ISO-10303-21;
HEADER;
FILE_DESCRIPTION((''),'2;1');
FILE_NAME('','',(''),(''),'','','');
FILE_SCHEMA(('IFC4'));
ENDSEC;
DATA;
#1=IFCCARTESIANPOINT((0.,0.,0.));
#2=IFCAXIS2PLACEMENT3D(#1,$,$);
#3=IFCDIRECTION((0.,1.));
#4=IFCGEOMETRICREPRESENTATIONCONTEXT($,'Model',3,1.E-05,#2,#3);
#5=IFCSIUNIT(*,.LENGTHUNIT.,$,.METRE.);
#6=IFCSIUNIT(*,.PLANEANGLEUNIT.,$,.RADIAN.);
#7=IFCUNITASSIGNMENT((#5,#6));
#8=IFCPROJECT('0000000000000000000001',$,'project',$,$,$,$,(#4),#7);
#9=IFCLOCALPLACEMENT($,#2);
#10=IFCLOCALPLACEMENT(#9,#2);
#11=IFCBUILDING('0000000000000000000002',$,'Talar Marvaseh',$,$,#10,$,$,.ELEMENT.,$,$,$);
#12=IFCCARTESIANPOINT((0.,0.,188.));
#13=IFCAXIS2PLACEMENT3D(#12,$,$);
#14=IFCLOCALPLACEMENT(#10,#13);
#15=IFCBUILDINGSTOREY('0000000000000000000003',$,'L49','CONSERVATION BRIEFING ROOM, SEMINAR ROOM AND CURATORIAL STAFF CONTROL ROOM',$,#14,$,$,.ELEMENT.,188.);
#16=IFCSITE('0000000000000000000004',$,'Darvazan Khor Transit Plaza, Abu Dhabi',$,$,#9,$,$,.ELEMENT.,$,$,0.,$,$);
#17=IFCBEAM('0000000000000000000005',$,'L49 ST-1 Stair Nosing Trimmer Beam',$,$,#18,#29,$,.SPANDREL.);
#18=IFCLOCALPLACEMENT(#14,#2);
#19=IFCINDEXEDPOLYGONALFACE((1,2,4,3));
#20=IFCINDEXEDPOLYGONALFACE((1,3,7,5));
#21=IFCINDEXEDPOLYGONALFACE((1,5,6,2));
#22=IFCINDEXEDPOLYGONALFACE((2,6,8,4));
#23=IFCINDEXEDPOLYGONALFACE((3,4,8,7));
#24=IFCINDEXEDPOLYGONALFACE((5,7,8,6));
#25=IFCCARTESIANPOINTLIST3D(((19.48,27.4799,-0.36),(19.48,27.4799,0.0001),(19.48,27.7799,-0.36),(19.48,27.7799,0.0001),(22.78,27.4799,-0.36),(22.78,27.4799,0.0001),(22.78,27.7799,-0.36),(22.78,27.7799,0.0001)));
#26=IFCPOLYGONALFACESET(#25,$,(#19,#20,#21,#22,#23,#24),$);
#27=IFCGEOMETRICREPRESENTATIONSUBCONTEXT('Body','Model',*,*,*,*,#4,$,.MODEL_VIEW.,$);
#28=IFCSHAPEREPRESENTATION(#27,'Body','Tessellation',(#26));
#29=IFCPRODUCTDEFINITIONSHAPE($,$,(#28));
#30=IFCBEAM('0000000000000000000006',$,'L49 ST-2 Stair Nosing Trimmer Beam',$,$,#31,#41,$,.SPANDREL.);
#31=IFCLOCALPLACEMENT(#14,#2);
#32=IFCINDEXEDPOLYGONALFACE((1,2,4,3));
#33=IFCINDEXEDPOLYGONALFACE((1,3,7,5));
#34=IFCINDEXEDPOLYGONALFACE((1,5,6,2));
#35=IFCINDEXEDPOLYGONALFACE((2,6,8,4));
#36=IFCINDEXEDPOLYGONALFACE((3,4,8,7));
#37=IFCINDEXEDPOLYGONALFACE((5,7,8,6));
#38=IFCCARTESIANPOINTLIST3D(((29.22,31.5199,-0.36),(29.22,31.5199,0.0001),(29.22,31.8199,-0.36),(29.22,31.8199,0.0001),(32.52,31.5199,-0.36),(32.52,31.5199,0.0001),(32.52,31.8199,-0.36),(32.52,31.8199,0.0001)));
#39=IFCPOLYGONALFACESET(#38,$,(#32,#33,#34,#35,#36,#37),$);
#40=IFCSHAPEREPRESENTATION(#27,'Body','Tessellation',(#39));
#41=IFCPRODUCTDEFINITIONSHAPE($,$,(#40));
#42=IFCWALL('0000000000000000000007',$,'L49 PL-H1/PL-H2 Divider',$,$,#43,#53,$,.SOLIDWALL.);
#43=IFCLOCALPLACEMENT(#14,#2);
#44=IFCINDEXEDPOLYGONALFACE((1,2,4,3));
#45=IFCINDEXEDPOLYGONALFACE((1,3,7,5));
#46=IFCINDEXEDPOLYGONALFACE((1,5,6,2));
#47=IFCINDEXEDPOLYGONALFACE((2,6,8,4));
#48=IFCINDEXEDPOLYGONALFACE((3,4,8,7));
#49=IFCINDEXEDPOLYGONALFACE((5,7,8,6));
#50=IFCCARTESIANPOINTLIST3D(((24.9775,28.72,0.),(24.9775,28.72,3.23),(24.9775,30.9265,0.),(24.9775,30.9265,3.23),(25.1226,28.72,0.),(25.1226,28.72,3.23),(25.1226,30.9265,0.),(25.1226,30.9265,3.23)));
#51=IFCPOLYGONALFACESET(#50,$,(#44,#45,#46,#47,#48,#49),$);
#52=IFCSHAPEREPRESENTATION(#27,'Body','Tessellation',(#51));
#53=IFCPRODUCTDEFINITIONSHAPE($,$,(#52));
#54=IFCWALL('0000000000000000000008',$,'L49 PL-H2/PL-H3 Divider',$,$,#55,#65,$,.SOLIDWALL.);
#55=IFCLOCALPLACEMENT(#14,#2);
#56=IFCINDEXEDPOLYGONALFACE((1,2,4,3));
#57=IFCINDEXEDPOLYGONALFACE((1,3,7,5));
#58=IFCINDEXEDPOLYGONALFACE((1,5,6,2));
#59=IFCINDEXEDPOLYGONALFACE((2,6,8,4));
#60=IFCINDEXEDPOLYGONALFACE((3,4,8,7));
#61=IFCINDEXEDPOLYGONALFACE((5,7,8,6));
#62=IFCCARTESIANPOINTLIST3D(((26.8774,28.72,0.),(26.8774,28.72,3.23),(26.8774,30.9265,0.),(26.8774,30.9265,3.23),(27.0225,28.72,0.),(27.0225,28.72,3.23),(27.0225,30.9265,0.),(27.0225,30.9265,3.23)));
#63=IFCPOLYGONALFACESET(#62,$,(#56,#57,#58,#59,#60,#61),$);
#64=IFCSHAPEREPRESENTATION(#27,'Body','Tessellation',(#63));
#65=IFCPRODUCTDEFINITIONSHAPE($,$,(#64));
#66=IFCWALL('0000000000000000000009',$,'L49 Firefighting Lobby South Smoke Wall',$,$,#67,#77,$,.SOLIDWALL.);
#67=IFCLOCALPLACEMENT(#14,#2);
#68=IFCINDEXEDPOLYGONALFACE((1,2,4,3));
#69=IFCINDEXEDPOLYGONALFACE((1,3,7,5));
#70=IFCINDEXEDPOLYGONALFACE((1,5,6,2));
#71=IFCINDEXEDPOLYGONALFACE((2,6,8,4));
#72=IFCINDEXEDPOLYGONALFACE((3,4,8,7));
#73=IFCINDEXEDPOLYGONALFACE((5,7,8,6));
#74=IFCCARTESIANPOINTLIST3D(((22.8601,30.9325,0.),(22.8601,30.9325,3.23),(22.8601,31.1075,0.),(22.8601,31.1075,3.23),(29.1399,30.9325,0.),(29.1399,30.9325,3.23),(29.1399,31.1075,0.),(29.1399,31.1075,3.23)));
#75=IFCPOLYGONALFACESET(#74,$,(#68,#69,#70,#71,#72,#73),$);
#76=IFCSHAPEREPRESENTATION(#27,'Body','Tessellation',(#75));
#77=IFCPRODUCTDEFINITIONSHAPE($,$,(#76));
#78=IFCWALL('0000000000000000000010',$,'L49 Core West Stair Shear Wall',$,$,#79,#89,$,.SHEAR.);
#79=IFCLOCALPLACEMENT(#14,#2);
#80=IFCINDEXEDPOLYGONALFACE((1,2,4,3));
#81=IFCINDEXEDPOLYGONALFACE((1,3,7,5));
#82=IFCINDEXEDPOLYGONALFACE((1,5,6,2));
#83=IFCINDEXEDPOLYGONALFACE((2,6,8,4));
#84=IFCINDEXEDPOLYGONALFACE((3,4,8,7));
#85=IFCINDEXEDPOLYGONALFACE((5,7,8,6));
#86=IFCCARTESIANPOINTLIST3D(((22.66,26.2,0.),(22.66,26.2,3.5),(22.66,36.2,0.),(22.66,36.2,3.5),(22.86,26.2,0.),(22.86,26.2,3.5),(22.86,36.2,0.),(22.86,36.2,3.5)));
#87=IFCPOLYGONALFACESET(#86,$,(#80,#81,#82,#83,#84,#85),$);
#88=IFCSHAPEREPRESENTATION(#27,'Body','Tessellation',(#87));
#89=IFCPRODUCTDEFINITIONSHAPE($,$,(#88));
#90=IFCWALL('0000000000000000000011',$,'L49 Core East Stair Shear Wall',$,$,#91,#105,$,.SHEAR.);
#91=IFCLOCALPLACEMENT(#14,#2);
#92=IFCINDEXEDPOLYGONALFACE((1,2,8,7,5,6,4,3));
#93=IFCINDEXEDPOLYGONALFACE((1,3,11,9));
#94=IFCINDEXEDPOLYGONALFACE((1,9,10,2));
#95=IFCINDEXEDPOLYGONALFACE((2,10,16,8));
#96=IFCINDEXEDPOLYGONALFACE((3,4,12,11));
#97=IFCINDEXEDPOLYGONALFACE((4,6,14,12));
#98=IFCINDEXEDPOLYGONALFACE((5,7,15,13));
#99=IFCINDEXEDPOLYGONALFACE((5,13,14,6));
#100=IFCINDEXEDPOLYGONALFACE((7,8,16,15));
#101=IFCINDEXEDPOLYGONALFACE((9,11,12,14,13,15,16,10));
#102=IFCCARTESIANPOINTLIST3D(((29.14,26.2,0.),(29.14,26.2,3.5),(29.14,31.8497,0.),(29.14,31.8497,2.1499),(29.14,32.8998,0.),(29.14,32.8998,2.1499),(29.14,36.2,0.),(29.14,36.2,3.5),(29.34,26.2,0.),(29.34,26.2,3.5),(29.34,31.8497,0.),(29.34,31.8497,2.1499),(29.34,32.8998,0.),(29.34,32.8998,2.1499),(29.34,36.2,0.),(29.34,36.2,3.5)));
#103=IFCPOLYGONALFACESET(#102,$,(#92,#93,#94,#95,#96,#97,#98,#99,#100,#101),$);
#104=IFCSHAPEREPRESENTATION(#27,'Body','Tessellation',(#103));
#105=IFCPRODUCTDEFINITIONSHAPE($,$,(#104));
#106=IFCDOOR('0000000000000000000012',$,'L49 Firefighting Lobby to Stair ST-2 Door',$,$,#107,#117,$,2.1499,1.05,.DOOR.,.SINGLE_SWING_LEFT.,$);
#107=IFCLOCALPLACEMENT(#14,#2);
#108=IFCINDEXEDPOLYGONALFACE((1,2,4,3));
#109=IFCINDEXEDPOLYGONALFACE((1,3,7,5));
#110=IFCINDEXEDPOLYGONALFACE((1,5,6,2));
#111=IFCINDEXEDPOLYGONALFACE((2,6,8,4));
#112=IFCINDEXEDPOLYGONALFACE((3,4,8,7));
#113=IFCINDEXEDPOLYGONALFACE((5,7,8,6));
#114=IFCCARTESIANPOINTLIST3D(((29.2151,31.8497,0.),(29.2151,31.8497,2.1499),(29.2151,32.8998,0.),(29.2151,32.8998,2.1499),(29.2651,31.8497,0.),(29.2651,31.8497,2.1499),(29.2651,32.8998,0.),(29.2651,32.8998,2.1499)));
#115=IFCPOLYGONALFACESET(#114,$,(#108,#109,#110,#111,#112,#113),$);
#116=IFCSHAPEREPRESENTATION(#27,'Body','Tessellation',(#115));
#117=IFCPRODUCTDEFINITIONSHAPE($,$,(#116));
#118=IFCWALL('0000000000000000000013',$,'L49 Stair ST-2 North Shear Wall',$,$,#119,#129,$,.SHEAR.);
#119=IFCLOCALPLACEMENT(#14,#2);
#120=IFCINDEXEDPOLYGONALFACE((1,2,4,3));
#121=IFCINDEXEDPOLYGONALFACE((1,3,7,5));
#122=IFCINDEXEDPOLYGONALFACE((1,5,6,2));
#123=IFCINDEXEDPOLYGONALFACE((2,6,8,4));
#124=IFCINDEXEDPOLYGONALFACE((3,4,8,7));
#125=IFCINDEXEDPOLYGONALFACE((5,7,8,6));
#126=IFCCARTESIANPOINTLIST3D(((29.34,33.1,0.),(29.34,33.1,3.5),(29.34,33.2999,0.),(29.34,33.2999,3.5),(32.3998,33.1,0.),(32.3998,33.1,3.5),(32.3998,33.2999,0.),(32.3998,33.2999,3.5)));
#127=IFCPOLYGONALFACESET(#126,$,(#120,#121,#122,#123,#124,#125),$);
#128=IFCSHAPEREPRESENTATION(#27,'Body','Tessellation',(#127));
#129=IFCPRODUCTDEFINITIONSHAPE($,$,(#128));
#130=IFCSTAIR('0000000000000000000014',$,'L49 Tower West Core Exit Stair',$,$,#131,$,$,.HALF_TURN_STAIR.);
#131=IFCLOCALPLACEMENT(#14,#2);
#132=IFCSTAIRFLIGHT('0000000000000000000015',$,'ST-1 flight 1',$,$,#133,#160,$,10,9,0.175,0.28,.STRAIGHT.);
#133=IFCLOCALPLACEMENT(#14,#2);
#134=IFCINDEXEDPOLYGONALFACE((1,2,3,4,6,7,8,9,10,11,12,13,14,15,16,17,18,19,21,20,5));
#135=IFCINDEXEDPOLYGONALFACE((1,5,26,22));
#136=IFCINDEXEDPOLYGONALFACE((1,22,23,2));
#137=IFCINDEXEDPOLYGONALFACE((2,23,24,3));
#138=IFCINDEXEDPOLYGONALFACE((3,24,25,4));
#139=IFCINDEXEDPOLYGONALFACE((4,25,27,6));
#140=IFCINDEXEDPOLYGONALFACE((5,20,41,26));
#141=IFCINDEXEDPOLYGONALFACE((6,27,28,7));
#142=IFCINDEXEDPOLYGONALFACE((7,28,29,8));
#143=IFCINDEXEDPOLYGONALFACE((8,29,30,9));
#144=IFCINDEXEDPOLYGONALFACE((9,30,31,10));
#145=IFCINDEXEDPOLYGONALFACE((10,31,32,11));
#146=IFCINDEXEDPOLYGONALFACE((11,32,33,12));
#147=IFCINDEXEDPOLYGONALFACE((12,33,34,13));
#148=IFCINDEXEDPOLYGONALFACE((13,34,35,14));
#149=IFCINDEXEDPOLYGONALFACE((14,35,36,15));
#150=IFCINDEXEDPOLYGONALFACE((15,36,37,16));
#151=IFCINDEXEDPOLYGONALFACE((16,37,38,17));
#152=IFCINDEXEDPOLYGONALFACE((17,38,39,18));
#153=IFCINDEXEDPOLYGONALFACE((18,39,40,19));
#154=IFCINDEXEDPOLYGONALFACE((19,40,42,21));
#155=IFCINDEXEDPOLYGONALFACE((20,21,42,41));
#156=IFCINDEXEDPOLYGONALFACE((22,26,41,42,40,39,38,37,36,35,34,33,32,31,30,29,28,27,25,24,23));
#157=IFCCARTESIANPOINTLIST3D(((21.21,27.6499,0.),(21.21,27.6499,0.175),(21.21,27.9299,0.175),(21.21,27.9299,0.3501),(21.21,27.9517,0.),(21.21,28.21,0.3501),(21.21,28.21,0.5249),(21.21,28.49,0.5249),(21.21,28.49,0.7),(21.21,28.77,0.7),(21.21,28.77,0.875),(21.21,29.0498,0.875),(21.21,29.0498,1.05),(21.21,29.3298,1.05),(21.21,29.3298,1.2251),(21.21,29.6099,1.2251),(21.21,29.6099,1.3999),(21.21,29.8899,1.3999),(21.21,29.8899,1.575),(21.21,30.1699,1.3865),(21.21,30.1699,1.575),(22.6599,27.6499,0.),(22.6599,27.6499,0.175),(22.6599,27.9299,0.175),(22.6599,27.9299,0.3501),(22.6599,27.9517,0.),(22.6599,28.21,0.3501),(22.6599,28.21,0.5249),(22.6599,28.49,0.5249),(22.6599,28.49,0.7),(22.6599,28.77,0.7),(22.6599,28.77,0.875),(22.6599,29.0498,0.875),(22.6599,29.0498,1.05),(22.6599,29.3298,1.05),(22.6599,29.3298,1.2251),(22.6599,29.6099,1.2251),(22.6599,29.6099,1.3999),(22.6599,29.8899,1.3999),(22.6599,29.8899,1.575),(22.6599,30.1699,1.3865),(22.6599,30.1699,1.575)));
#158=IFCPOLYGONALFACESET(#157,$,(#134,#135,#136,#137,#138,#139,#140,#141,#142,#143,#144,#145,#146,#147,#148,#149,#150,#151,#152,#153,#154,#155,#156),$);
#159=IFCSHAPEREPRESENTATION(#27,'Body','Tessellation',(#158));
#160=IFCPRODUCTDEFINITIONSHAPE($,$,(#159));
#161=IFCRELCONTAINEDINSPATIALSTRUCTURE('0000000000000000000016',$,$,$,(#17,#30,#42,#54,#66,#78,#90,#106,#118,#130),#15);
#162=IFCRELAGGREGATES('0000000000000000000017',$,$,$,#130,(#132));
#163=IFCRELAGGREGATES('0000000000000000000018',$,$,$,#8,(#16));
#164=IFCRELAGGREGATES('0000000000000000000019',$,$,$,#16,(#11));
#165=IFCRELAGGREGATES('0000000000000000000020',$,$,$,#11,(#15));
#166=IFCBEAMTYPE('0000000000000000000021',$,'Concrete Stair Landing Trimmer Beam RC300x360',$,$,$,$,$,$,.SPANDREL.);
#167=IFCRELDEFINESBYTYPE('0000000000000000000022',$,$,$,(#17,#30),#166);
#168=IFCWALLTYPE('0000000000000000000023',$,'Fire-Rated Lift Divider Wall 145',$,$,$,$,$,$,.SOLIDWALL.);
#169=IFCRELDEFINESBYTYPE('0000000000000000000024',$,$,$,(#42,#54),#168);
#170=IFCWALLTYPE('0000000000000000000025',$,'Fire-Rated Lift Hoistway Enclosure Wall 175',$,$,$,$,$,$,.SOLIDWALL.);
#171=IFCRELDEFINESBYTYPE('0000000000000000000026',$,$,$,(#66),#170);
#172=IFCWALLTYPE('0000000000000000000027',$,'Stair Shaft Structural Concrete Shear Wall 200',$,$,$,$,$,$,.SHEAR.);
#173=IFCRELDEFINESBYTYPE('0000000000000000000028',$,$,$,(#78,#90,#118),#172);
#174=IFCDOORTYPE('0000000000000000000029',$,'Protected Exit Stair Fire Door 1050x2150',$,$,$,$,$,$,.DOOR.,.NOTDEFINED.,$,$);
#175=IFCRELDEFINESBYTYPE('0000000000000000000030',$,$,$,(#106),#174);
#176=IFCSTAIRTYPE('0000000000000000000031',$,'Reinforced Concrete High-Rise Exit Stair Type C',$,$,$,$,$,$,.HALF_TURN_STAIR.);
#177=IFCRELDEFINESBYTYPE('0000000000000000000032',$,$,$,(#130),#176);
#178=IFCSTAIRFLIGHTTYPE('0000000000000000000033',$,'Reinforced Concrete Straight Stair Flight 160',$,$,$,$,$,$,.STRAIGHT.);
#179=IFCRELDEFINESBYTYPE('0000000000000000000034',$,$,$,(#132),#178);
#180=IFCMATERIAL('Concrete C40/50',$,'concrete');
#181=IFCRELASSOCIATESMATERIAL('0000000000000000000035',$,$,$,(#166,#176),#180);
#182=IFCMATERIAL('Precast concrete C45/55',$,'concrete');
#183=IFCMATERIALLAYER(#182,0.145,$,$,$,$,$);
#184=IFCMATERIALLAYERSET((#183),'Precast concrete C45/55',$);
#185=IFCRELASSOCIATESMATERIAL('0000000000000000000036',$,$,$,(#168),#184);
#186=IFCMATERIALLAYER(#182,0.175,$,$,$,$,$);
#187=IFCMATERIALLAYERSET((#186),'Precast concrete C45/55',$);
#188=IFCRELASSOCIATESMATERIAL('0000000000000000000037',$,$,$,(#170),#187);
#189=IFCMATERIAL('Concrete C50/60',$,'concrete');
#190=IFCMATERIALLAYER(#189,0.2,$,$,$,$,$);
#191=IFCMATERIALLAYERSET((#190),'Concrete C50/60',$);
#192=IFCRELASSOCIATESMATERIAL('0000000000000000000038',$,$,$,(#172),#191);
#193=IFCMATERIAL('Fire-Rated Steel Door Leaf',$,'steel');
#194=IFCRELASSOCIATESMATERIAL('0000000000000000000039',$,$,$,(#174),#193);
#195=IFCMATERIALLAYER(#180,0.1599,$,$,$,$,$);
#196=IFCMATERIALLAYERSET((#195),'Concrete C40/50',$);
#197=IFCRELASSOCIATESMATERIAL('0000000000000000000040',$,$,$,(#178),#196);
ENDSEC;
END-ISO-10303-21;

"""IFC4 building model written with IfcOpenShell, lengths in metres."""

from ifc_helpers import new_model, si_unit, direction, frame, frame_2d, origin, origin_2d, place, context, subcontext, project, spatial, polyline, rectangle, outline, extrude, source, transform, mapped, material, layer, layer_set, material_profile, profile_set, type_object, type_shapes, element, fill, aggregate, save


model = new_model("IFC4")

# Units and contexts
model_context = context("Model", 3, precision=1e-05, world=origin(), true_north=direction((0.0, 1.0)))
body_context = subcontext(model_context, "Body", "Model", "MODEL_VIEW")
ifc_project = project(units=[si_unit("LENGTHUNIT", "METRE"), si_unit("PLANEANGLEUNIT", "RADIAN")], contexts=[model_context])

# Site, building, storey
site_placement = place(None, origin())
site = spatial("IfcSite", under=ifc_project, at=site_placement, Name="Darvazan Khor Transit Plaza, Abu Dhabi", CompositionType="ELEMENT", RefElevation=0.0)
building_placement = place(site_placement, origin())
building = spatial("IfcBuilding", under=site, at=building_placement, Name="Talar Marvaseh", CompositionType="ELEMENT")
storey_placement = place(building_placement, frame((0.0, 0.0, 188.0)))
storey = spatial("IfcBuildingStorey", under=building, at=storey_placement, Name="L49", Description="CONSERVATION BRIEFING ROOM, SEMINAR ROOM AND CURATORIAL STAFF CONTROL ROOM", CompositionType="ELEMENT", Elevation=188.0)

# Beams
ifc_material_1 = material(Name="Concrete C40/50", Category="concrete")
ifc_material_profile = material_profile(ifc_material_1, rectangle(XDim=0.3, YDim=0.3601, at=origin_2d()), Name="RC300x360")
ifc_profile_set = profile_set([ifc_material_profile], Name="Concrete C40/50")
beam_type = type_object("IfcBeamType", Name="Concrete Stair Landing Trimmer Beam RC300x360", PredefinedType="SPANDREL", material=ifc_profile_set)
for number, where, z_axis, x_axis, name in (
    (1, (22.78, 27.6299, -0.1799), (-1.0, 0.0, 0.0), (0.0, -1.0, 0.0), "L49 ST-1 Stair Nosing Trimmer Beam"),
    (2, (29.22, 31.6699, -0.1799), (1.0, 0.0, 0.0), (0.0, 1.0, 0.0), "L49 ST-2 Stair Nosing Trimmer Beam"),
):
    element("IfcBeam", number, at=place(storey_placement, frame(where, z_axis=z_axis, x_axis=x_axis)), inside=storey, type_object=beam_type, Name=name, PredefinedType="SPANDREL", context=body_context, shape_type="SweptSolid", body=[
        extrude(rectangle(XDim=0.3, YDim=0.3601, at=origin_2d()), origin(), (0.0, 0.0, 1.0), 3.3),
    ])

# Walls
ifc_material_2 = material(Name="Precast concrete C45/55", Category="concrete")
ifc_layer_1 = layer(ifc_material_2, 0.145)
ifc_layer_set_1 = layer_set([ifc_layer_1], Name="Precast concrete C45/55")
wall_type_1 = type_object("IfcWallType", Name="Fire-Rated Lift Divider Wall 145", PredefinedType="SOLIDWALL", material=ifc_layer_set_1)
for number, where, z_axis, x_axis, name in (
    (3, (25.05, 28.72, 0.0), (0.0, 0.0, 1.0), (0.0, 1.0, 0.0), "L49 PL-H1/PL-H2 Divider"),
    (4, (26.95, 28.72, 0.0), (0.0, 0.0, 1.0), (0.0, 1.0, 0.0), "L49 PL-H2/PL-H3 Divider"),
):
    element("IfcWall", number, at=place(storey_placement, frame(where, z_axis=z_axis, x_axis=x_axis)), inside=storey, type_object=wall_type_1, Name=name, PredefinedType="SOLIDWALL", context=body_context, shape_type="SweptSolid", body=[
        extrude(rectangle(XDim=2.2065, YDim=0.145, at=frame_2d((1.1033, 0.0))), origin(), (0.0, 0.0, 1.0), 3.23),
    ])

# Shared definitions
ifc_layer_2 = layer(ifc_material_2, 0.175)
ifc_layer_set_2 = layer_set([ifc_layer_2], Name="Precast concrete C45/55")
wall_type_2 = type_object("IfcWallType", Name="Fire-Rated Lift Hoistway Enclosure Wall 175", PredefinedType="SOLIDWALL", material=ifc_layer_set_2)

# Wall
wall_1_placement = place(storey_placement, frame((22.8601, 31.02, 0.0), z_axis=(0.0, 0.0, 1.0), x_axis=(1.0, 0.0, 0.0)))
element("IfcWall", 5, at=wall_1_placement, inside=storey, type_object=wall_type_2, Name="L49 Firefighting Lobby South Smoke Wall", PredefinedType="SOLIDWALL", context=body_context, shape_type="SweptSolid", body=[
    extrude(rectangle(XDim=6.2798, YDim=0.175, at=frame_2d((3.1399, 0.0))), origin(), (0.0, 0.0, 1.0), 3.23),
])

# Wall
ifc_material_3 = material(Name="Concrete C50/60", Category="concrete")
ifc_layer_3 = layer(ifc_material_3, 0.2)
ifc_layer_set_3 = layer_set([ifc_layer_3], Name="Concrete C50/60")
wall_type_3 = type_object("IfcWallType", Name="Stair Shaft Structural Concrete Shear Wall 200", PredefinedType="SHEAR", material=ifc_layer_set_3)
wall_2_placement = place(storey_placement, frame((22.76, 26.2, 0.0), z_axis=(0.0, 0.0, 1.0), x_axis=(0.0, 1.0, 0.0)))
element("IfcWall", 6, at=wall_2_placement, inside=storey, type_object=wall_type_3, Name="L49 Core West Stair Shear Wall", PredefinedType="SHEAR", context=body_context, shape_type="SweptSolid", body=[
    extrude(rectangle(XDim=10.0, YDim=0.2, at=frame_2d((5.0, 0.0))), origin(), (0.0, 0.0, 1.0), 3.5),
])

# Wall, opening, door
wall_3_placement = place(storey_placement, frame((29.24, 26.2, 0.0), z_axis=(0.0, 0.0, 1.0), x_axis=(0.0, 1.0, 0.0)))
wall_3 = element("IfcWall", 7, at=wall_3_placement, inside=storey, type_object=wall_type_3, Name="L49 Core East Stair Shear Wall", PredefinedType="SHEAR", context=body_context, shape_type="SweptSolid", body=[
    extrude(rectangle(XDim=10.0, YDim=0.2, at=frame_2d((5.0, 0.0))), origin(), (0.0, 0.0, 1.0), 3.5),
])
opening_1_placement = place(wall_3_placement, frame((5.6499, 0.0, 0.0)))
opening_1 = element("IfcOpeningElement", 8, at=opening_1_placement, cuts=wall_3, PredefinedType="OPENING", context=body_context, shape_type="SweptSolid", body=[
    extrude(rectangle(XDim=1.05, YDim=2.1499, at=frame_2d((0.5249, 1.075))), frame((0.0, 0.1099, 0.0), z_axis=(0.0, -1.0, 0.0), x_axis=(1.0, 0.0, 0.0)), (0.0, 0.0, 1.0), 0.22),
])
ifc_material_4 = material(Name="Fire-Rated Steel Door Leaf", Category="steel")
door_type_1 = type_object("IfcDoorType", Name="Protected Exit Stair Fire Door 1050x2150", OperationType="NOTDEFINED", PredefinedType="DOOR", material=ifc_material_4)
shared_shape_1 = source(origin(), body_context, "Body", "SweptSolid", [
    extrude(rectangle(XDim=1.05, YDim=2.1499, at=frame_2d((0.5249, 1.075))), frame((0.0, 0.0249, 0.0), z_axis=(0.0, -1.0, 0.0), x_axis=(1.0, 0.0, 0.0)), (0.0, 0.0, 1.0), 0.05),
])
type_shapes(door_type_1, [shared_shape_1])
door_1_placement = place(opening_1_placement, origin())
door_1 = element("IfcDoor", 9, at=door_1_placement, inside=storey, type_object=door_type_1, Name="L49 Firefighting Lobby to Stair ST-2 Door", OperationType="SINGLE_SWING_LEFT", OverallHeight=2.1499, OverallWidth=1.05, PredefinedType="DOOR", context=body_context, shape_type="MappedRepresentation", body=[
    mapped(shared_shape_1, transform((0.0, 0.0, 0.0), x_axis=(1.0, 0.0, 0.0), y_axis=(0.0, 1.0, 0.0), z_axis=(0.0, 0.0, 1.0), scale=1.0)),
])
fill(opening_1, door_1)

# Wall
wall_4_placement = place(storey_placement, frame((29.3401, 33.2, 0.0), z_axis=(0.0, 0.0, 1.0), x_axis=(1.0, 0.0, 0.0)))
element("IfcWall", 10, at=wall_4_placement, inside=storey, type_object=wall_type_3, Name="L49 Stair ST-2 North Shear Wall", PredefinedType="SHEAR", context=body_context, shape_type="SweptSolid", body=[
    extrude(rectangle(XDim=3.0598, YDim=0.2, at=frame_2d((1.5298, 0.0))), origin(), (0.0, 0.0, 1.0), 3.5),
])

# Stair, stair flight
stair_type = type_object("IfcStairType", Name="Reinforced Concrete High-Rise Exit Stair Type C", PredefinedType="HALF_TURN_STAIR", material=ifc_material_1)
stair_1_placement = place(storey_placement, origin())
stair_1 = element("IfcStair", 11, at=stair_1_placement, inside=storey, type_object=stair_type, Name="L49 Tower West Core Exit Stair", PredefinedType="HALF_TURN_STAIR")
ifc_layer_4 = layer(ifc_material_1, 0.1599)
ifc_layer_set_4 = layer_set([ifc_layer_4], Name="Concrete C40/50")
stair_flight_type = type_object("IfcStairFlightType", Name="Reinforced Concrete Straight Stair Flight 160", PredefinedType="STRAIGHT", material=ifc_layer_set_4)
stair_flight_1_placement = place(storey_placement, frame((21.9351, 27.6499, 0.0), z_axis=(0.0, 0.0, 1.0), x_axis=(0.0, 1.0, 0.0)))
stair_flight_1 = element("IfcStairFlight", 12, at=stair_flight_1_placement, type_object=stair_flight_type, Name="ST-1 flight 1", NumberOfRisers=10, NumberOfTreads=9, PredefinedType="STRAIGHT", RiserHeight=0.175, TreadLength=0.28, context=body_context, shape_type="SweptSolid", body=[
    extrude(outline(polyline([(0.0, 0.0), (0.0, 0.175), (0.28, 0.175), (0.28, 0.3501), (0.5601, 0.3501), (0.5601, 0.5249), (0.8401, 0.5249), (0.8401, 0.7), (1.1201, 0.7), (1.1201, 0.875), (1.3999, 0.875), (1.3999, 1.05), (1.6799, 1.05), (1.6799, 1.2251), (1.96, 1.2251), (1.96, 1.3999), (2.24, 1.3999), (2.24, 1.575), (2.52, 1.575), (2.52, 1.75), (2.52, 1.3865), (0.3018, 0.0), (0.0, 0.0)])), frame((0.0, 0.7251, 0.0), z_axis=(0.0, -1.0, 0.0), x_axis=(1.0, 0.0, 0.0)), (0.0, 0.0, 1.0), 1.45),
])
aggregate(stair_1, [stair_flight_1])

save(model, "model.ifc")
